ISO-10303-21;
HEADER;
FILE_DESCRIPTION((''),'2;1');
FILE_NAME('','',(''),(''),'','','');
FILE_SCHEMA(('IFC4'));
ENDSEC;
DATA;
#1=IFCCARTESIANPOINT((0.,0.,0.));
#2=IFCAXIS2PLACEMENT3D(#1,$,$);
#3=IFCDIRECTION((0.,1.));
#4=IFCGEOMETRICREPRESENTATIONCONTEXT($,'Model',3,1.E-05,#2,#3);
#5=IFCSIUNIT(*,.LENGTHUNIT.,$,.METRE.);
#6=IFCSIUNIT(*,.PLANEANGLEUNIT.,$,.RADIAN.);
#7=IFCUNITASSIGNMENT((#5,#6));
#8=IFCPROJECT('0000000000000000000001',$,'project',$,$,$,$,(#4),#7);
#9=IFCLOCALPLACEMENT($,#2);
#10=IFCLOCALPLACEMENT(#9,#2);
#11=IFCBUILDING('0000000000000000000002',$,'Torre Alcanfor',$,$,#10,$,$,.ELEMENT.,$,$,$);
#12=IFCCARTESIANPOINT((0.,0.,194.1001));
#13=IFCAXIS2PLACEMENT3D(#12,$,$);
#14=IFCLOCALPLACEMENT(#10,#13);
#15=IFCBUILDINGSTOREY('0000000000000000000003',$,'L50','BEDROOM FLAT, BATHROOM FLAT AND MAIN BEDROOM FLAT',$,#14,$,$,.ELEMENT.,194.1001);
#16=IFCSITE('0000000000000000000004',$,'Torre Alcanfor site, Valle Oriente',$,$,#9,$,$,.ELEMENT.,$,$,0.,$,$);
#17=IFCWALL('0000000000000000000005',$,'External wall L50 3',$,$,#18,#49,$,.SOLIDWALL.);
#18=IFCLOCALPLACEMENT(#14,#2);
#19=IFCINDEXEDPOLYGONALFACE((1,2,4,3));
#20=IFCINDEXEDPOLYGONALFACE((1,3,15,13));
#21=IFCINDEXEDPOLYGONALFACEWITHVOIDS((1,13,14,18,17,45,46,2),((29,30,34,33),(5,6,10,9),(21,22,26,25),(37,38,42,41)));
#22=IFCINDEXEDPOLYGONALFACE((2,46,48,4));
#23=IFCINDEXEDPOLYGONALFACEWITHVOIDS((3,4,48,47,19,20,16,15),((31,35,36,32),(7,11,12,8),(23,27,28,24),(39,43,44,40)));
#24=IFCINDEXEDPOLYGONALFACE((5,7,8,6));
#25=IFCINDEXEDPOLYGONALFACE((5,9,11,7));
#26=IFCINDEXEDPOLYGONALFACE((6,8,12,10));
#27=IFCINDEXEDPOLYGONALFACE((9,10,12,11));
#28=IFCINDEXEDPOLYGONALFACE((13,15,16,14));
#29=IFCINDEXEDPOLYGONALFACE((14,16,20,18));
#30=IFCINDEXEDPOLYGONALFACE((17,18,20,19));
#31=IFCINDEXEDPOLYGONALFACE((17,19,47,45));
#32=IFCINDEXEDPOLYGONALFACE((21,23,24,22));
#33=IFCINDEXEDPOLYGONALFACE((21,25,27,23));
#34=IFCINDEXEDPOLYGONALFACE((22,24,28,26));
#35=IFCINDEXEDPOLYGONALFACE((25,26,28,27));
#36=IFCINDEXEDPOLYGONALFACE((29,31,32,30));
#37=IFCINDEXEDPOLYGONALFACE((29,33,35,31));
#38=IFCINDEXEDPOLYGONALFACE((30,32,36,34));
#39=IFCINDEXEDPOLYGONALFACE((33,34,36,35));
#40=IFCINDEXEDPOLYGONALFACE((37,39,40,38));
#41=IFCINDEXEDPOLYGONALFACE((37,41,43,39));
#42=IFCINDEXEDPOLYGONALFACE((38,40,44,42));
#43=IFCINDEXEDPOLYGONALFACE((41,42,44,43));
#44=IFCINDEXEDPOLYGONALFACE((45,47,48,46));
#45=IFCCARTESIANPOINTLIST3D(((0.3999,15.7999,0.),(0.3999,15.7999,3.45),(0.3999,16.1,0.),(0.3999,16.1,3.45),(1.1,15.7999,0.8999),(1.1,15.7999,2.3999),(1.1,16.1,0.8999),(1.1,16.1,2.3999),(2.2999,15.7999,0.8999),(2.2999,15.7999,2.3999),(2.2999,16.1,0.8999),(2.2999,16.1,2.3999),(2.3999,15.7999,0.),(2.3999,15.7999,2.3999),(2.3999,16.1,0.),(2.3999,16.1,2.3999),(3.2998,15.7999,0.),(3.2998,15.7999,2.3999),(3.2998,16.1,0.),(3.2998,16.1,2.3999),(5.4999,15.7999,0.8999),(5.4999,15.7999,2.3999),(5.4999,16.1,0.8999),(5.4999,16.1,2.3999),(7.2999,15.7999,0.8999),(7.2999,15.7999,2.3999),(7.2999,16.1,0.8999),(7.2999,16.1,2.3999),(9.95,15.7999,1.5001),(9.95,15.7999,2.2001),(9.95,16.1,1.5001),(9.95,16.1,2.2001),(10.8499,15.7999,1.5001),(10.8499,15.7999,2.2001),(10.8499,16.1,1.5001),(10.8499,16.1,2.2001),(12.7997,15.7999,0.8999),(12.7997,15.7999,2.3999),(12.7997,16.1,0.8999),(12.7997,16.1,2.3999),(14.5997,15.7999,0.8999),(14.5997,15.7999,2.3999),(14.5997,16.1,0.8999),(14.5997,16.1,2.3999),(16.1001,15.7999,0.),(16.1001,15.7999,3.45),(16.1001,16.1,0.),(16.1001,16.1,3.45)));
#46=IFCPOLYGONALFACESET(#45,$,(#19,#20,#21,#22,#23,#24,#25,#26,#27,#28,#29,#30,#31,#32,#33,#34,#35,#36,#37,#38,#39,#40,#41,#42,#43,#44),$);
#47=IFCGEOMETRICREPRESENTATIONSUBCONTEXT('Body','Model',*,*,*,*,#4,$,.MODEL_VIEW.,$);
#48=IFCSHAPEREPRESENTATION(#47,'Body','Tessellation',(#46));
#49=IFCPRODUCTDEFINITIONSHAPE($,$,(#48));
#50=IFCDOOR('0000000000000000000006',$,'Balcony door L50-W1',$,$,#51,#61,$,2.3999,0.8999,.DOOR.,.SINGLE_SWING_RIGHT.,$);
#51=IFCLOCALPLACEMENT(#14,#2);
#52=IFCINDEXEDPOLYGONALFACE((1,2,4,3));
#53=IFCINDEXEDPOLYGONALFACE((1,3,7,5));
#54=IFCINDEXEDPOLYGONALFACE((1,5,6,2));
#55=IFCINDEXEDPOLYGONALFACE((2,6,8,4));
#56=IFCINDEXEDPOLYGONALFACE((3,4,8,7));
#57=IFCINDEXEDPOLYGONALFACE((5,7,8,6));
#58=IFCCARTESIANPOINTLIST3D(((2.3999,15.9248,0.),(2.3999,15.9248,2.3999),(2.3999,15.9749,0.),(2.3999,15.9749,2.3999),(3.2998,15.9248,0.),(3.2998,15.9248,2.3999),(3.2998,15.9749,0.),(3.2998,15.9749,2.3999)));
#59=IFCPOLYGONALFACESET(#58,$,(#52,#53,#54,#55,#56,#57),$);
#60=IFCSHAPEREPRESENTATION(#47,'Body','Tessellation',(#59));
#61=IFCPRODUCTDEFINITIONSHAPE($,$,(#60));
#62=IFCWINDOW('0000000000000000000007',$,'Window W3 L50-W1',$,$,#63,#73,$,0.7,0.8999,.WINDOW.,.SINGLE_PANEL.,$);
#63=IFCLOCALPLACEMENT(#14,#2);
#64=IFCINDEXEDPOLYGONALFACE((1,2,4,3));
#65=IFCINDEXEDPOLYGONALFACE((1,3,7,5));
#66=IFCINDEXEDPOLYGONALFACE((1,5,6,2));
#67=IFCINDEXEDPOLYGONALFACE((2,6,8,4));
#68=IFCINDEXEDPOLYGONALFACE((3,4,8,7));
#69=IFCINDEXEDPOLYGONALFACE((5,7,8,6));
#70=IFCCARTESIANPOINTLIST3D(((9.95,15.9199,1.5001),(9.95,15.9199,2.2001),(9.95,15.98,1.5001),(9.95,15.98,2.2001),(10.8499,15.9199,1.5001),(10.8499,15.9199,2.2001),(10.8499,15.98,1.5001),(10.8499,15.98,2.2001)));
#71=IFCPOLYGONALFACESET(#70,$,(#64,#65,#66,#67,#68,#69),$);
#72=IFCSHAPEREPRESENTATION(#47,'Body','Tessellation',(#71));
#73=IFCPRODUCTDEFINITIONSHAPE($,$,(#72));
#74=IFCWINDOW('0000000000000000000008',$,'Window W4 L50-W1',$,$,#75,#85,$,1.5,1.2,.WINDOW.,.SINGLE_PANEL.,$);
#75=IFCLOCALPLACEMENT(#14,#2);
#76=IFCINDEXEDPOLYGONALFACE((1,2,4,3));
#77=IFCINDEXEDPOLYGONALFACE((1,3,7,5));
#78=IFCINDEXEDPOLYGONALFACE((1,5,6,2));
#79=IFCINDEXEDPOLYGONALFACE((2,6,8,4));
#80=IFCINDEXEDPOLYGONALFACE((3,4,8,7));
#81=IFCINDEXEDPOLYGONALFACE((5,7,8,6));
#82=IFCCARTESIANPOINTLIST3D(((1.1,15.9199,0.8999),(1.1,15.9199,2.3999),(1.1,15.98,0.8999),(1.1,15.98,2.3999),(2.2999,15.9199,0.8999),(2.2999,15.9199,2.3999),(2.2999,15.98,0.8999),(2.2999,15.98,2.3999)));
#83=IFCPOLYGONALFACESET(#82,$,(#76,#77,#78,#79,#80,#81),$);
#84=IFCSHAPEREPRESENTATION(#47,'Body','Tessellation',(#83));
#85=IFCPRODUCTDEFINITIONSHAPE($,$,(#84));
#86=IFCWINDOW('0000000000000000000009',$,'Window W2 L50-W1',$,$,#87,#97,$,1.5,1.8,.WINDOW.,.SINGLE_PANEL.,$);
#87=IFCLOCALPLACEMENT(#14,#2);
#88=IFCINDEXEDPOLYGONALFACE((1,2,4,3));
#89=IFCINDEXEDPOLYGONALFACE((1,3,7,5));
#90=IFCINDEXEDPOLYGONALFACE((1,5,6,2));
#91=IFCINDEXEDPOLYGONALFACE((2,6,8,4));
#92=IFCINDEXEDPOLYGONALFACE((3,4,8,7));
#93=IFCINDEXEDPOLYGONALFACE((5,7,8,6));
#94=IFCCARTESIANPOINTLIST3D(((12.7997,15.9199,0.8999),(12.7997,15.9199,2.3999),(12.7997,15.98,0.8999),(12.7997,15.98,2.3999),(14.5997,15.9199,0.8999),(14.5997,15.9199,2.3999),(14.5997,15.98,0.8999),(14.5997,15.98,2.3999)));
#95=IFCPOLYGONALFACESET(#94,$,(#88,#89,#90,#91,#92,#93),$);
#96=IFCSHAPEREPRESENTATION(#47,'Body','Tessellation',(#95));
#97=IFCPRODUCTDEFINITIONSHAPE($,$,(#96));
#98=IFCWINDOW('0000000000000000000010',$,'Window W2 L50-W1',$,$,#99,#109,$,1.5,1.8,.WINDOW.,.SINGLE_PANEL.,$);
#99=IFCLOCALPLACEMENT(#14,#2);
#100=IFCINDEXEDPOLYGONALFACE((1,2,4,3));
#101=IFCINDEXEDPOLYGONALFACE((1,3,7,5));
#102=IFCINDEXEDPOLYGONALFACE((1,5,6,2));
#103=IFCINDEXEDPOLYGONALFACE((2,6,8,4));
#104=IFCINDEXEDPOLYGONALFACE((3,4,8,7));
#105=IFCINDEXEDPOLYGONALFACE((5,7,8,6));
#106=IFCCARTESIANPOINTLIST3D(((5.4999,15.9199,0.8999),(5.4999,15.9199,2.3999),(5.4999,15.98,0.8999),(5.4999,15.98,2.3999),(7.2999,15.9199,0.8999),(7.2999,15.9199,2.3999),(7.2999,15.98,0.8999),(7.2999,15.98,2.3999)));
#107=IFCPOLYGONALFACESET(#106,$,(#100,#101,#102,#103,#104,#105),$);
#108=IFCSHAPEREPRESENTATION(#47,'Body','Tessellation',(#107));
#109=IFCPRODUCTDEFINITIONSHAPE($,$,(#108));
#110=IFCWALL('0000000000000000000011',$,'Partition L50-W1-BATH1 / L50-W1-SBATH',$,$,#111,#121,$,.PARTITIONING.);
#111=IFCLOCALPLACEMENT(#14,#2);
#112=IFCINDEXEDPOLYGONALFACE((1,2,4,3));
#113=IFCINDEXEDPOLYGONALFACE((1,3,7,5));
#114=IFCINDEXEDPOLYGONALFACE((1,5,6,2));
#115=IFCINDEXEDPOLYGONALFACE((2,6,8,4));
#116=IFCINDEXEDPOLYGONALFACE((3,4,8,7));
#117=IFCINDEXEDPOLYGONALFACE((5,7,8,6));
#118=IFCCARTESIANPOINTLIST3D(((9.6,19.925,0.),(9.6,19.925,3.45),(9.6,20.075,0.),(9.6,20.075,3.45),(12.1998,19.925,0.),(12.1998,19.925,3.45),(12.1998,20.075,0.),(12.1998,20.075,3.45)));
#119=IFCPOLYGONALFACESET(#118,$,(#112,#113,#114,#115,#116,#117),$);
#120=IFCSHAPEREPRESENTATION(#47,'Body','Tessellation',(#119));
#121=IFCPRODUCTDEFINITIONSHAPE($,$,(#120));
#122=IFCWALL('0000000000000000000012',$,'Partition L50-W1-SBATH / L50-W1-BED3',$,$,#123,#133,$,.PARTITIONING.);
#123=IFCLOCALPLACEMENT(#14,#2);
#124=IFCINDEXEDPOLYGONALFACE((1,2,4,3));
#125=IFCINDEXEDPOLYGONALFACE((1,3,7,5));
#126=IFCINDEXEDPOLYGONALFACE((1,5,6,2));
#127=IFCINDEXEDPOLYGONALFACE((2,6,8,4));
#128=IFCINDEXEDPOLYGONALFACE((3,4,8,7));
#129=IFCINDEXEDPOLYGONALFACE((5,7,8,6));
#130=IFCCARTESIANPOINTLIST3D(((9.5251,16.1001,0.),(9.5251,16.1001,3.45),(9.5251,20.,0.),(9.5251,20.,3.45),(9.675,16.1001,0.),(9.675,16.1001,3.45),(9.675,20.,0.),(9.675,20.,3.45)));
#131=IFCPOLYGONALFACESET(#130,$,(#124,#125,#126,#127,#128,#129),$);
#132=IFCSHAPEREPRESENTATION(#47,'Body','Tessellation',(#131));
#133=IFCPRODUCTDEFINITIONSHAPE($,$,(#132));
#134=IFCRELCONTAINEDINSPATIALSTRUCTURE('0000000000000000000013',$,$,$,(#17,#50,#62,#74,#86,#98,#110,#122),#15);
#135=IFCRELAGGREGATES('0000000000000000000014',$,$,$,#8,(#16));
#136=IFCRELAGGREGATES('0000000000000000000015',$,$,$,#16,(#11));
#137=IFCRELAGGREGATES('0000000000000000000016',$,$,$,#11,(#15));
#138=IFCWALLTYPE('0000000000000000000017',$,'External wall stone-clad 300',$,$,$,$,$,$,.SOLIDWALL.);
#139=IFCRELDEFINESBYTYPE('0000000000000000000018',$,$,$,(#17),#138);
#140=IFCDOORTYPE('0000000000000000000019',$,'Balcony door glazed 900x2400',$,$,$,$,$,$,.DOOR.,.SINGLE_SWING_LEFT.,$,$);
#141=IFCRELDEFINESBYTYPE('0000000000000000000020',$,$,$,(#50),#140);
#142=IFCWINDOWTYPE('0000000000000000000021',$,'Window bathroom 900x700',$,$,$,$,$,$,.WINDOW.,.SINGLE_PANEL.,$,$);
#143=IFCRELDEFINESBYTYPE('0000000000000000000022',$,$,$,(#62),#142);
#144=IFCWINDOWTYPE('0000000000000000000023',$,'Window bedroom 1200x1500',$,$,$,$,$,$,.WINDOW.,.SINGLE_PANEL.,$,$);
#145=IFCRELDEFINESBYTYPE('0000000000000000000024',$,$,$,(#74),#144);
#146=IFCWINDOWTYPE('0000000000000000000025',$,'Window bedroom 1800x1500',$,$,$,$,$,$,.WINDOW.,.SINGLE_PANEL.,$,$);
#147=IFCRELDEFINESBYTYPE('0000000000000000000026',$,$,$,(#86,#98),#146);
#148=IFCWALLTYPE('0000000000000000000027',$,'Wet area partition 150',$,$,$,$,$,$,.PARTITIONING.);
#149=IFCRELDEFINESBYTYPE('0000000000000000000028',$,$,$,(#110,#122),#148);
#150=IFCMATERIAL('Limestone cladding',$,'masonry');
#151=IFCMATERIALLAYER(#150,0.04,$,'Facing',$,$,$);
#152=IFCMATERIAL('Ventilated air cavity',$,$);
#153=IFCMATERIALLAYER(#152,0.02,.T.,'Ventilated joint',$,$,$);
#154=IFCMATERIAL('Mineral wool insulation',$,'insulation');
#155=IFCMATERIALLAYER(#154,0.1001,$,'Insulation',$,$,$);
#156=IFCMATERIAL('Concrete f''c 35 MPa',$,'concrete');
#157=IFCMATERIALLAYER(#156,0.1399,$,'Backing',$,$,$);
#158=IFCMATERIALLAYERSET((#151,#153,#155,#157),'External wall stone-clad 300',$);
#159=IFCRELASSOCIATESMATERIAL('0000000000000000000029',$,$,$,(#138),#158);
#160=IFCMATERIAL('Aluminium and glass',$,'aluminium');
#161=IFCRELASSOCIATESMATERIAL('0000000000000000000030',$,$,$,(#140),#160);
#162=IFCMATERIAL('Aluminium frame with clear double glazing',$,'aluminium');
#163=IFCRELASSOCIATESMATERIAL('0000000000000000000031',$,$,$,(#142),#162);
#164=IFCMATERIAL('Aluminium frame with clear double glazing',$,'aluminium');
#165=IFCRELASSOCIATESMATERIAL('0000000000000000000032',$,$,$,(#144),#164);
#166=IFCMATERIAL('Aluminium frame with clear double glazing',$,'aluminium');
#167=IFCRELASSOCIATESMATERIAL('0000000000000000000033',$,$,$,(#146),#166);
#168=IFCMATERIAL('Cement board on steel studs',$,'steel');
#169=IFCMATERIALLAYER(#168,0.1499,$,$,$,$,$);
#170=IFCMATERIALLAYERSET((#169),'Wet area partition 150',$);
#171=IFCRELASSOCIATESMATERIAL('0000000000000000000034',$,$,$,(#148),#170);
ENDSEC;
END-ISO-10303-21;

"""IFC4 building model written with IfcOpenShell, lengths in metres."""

from ifc_helpers import new_model, si_unit, direction, frame, frame_2d, origin, place, context, subcontext, project, spatial, rectangle, extrude, material, layer, layer_set, type_object, element, fill, save


model = new_model("IFC4")

# Units and contexts
model_context = context("Model", 3, precision=1e-05, world=origin(), true_north=direction((0.0, 1.0)))
body_context = subcontext(model_context, "Body", "Model", "MODEL_VIEW")
ifc_project = project(units=[si_unit("LENGTHUNIT", "METRE"), si_unit("PLANEANGLEUNIT", "RADIAN")], contexts=[model_context])

# Site, building, storey
site_placement = place(None, origin())
site = spatial("IfcSite", under=ifc_project, at=site_placement, Name="Torre Alcanfor site, Valle Oriente", CompositionType="ELEMENT", RefElevation=0.0)
building_placement = place(site_placement, origin())
building = spatial("IfcBuilding", under=site, at=building_placement, Name="Torre Alcanfor", CompositionType="ELEMENT")
storey_placement = place(building_placement, frame((0.0, 0.0, 194.1001)))
storey = spatial("IfcBuildingStorey", under=building, at=storey_placement, Name="L50", Description="BEDROOM FLAT, BATHROOM FLAT AND MAIN BEDROOM FLAT", CompositionType="ELEMENT", Elevation=194.1001)

# Wall, openings, door, windows
ifc_material_1 = material(Name="Limestone cladding", Category="masonry")
ifc_layer_1 = layer(ifc_material_1, 0.04, Name="Facing")
ifc_material_2 = material(Name="Ventilated air cavity")
ifc_layer_2 = layer(ifc_material_2, 0.02, ventilated=True, Name="Ventilated joint")
ifc_material_3 = material(Name="Mineral wool insulation", Category="insulation")
ifc_layer_3 = layer(ifc_material_3, 0.1001, Name="Insulation")
ifc_material_4 = material(Name="Concrete f'c 35 MPa", Category="concrete")
ifc_layer_4 = layer(ifc_material_4, 0.1399, Name="Backing")
ifc_layer_set_1 = layer_set([ifc_layer_1, ifc_layer_2, ifc_layer_3, ifc_layer_4], Name="External wall stone-clad 300")
wall_type_1 = type_object("IfcWallType", Name="External wall stone-clad 300", PredefinedType="SOLIDWALL", material=ifc_layer_set_1)
wall_1_placement = place(storey_placement, frame((0.3999, 15.95, 0.0), z_axis=(0.0, 0.0, 1.0), x_axis=(1.0, 0.0, 0.0)))
wall_1 = element("IfcWall", 1, at=wall_1_placement, inside=storey, type_object=wall_type_1, Name="External wall L50 3", PredefinedType="SOLIDWALL", context=body_context, shape_type="SweptSolid", body=[
    extrude(rectangle(XDim=15.7002, YDim=0.3, at=frame_2d((7.8501, 0.0))), origin(), (0.0, 0.0, 1.0), 3.45),
])
opening_1_placement = place(wall_1_placement, frame((12.3999, 0.0, 0.8999)))
opening_1 = element("IfcOpeningElement", 2, at=opening_1_placement, cuts=wall_1, PredefinedType="OPENING", context=body_context, shape_type="SweptSolid", body=[
    extrude(rectangle(XDim=1.8, YDim=1.5, at=frame_2d((0.8999, 0.75))), frame((0.0, 0.1599, 0.0), z_axis=(0.0, -1.0, 0.0), x_axis=(1.0, 0.0, 0.0)), (0.0, 0.0, 1.0), 0.3201),
])
opening_2_placement = place(wall_1_placement, frame((9.55, 0.0, 1.5)))
opening_2 = element("IfcOpeningElement", 3, at=opening_2_placement, cuts=wall_1, PredefinedType="OPENING", context=body_context, shape_type="SweptSolid", body=[
    extrude(rectangle(XDim=0.8999, YDim=0.7, at=frame_2d((0.45, 0.3501))), frame((0.0, 0.1599, 0.0), z_axis=(0.0, -1.0, 0.0), x_axis=(1.0, 0.0, 0.0)), (0.0, 0.0, 1.0), 0.3201),
])
opening_3_placement = place(wall_1_placement, frame((5.1001, 0.0, 0.8999)))
opening_3 = element("IfcOpeningElement", 4, at=opening_3_placement, cuts=wall_1, PredefinedType="OPENING", context=body_context, shape_type="SweptSolid", body=[
    extrude(rectangle(XDim=1.8, YDim=1.5, at=frame_2d((0.8999, 0.75))), frame((0.0, 0.1599, 0.0), z_axis=(0.0, -1.0, 0.0), x_axis=(1.0, 0.0, 0.0)), (0.0, 0.0, 1.0), 0.3201),
])
opening_4_placement = place(wall_1_placement, frame((2.0, 0.0, 0.0)))
opening_4 = element("IfcOpeningElement", 5, at=opening_4_placement, cuts=wall_1, PredefinedType="OPENING", context=body_context, shape_type="SweptSolid", body=[
    extrude(rectangle(XDim=0.8999, YDim=2.3999, at=frame_2d((0.45, 1.2))), frame((0.0, 0.1599, 0.0), z_axis=(0.0, -1.0, 0.0), x_axis=(1.0, 0.0, 0.0)), (0.0, 0.0, 1.0), 0.3201),
])
opening_5_placement = place(wall_1_placement, frame((0.7, 0.0, 0.8999)))
opening_5 = element("IfcOpeningElement", 6, at=opening_5_placement, cuts=wall_1, PredefinedType="OPENING", context=body_context, shape_type="SweptSolid", body=[
    extrude(rectangle(XDim=1.2, YDim=1.5, at=frame_2d((0.6001, 0.75))), frame((0.0, 0.1599, 0.0), z_axis=(0.0, -1.0, 0.0), x_axis=(1.0, 0.0, 0.0)), (0.0, 0.0, 1.0), 0.3201),
])
ifc_material_5 = material(Name="Aluminium and glass", Category="aluminium")
door_type = type_object("IfcDoorType", Name="Balcony door glazed 900x2400", OperationType="SINGLE_SWING_LEFT", PredefinedType="DOOR", material=ifc_material_5)
door_placement = place(opening_4_placement, origin())
door = element("IfcDoor", 7, at=door_placement, inside=storey, type_object=door_type, Name="Balcony door L50-W1", OperationType="SINGLE_SWING_RIGHT", OverallHeight=2.3999, OverallWidth=0.8999, PredefinedType="DOOR", context=body_context, shape_type="SweptSolid", body=[
    extrude(rectangle(XDim=0.8999, YDim=2.3999, at=frame_2d((0.45, 1.2))), frame((0.0, 0.0249, 0.0), z_axis=(0.0, -1.0, 0.0), x_axis=(1.0, 0.0, 0.0)), (0.0, 0.0, 1.0), 0.05),
])
fill(opening_4, door)
ifc_material_6 = material(Name="Aluminium frame with clear double glazing", Category="aluminium")
window_type_1 = type_object("IfcWindowType", Name="Window bathroom 900x700", PartitioningType="SINGLE_PANEL", PredefinedType="WINDOW", material=ifc_material_6)
window_1_placement = place(opening_2_placement, origin())
window_1 = element("IfcWindow", 8, at=window_1_placement, inside=storey, type_object=window_type_1, Name="Window W3 L50-W1", OverallHeight=0.7, OverallWidth=0.8999, PartitioningType="SINGLE_PANEL", PredefinedType="WINDOW", context=body_context, shape_type="SweptSolid", body=[
    extrude(rectangle(XDim=0.8999, YDim=0.7, at=frame_2d((0.45, 0.3501))), frame((0.0, 0.03, 0.0), z_axis=(0.0, -1.0, 0.0), x_axis=(1.0, 0.0, 0.0)), (0.0, 0.0, 1.0), 0.0601),
])
fill(opening_2, window_1)
ifc_material_7 = material(Name="Aluminium frame with clear double glazing", Category="aluminium")
window_type_2 = type_object("IfcWindowType", Name="Window bedroom 1200x1500", PartitioningType="SINGLE_PANEL", PredefinedType="WINDOW", material=ifc_material_7)
window_2_placement = place(opening_5_placement, origin())
window_2 = element("IfcWindow", 9, at=window_2_placement, inside=storey, type_object=window_type_2, Name="Window W4 L50-W1", OverallHeight=1.5, OverallWidth=1.2, PartitioningType="SINGLE_PANEL", PredefinedType="WINDOW", context=body_context, shape_type="SweptSolid", body=[
    extrude(rectangle(XDim=1.2, YDim=1.5, at=frame_2d((0.6001, 0.75))), frame((0.0, 0.03, 0.0), z_axis=(0.0, -1.0, 0.0), x_axis=(1.0, 0.0, 0.0)), (0.0, 0.0, 1.0), 0.0601),
])
fill(opening_5, window_2)
ifc_material_8 = material(Name="Aluminium frame with clear double glazing", Category="aluminium")
window_type_3 = type_object("IfcWindowType", Name="Window bedroom 1800x1500", PartitioningType="SINGLE_PANEL", PredefinedType="WINDOW", material=ifc_material_8)
window_3_placement = place(opening_1_placement, origin())
window_3 = element("IfcWindow", 10, at=window_3_placement, inside=storey, type_object=window_type_3, Name="Window W2 L50-W1", OverallHeight=1.5, OverallWidth=1.8, PartitioningType="SINGLE_PANEL", PredefinedType="WINDOW", context=body_context, shape_type="SweptSolid", body=[
    extrude(rectangle(XDim=1.8, YDim=1.5, at=frame_2d((0.8999, 0.75))), frame((0.0, 0.03, 0.0), z_axis=(0.0, -1.0, 0.0), x_axis=(1.0, 0.0, 0.0)), (0.0, 0.0, 1.0), 0.0601),
])
fill(opening_1, window_3)
window_4_placement = place(opening_3_placement, origin())
window_4 = element("IfcWindow", 11, at=window_4_placement, inside=storey, type_object=window_type_3, Name="Window W2 L50-W1", OverallHeight=1.5, OverallWidth=1.8, PartitioningType="SINGLE_PANEL", PredefinedType="WINDOW", context=body_context, shape_type="SweptSolid", body=[
    extrude(rectangle(XDim=1.8, YDim=1.5, at=frame_2d((0.8999, 0.75))), frame((0.0, 0.03, 0.0), z_axis=(0.0, -1.0, 0.0), x_axis=(1.0, 0.0, 0.0)), (0.0, 0.0, 1.0), 0.0601),
])
fill(opening_3, window_4)

# Walls
ifc_material_9 = material(Name="Cement board on steel studs", Category="steel")
ifc_layer_5 = layer(ifc_material_9, 0.1499)
ifc_layer_set_2 = layer_set([ifc_layer_5], Name="Wet area partition 150")
wall_type_2 = type_object("IfcWallType", Name="Wet area partition 150", PredefinedType="PARTITIONING", material=ifc_layer_set_2)
wall_2_placement = place(storey_placement, frame((9.6001, 20.0, 0.0), z_axis=(0.0, 0.0, 1.0), x_axis=(1.0, 0.0, 0.0)))
element("IfcWall", 12, at=wall_2_placement, inside=storey, type_object=wall_type_2, Name="Partition L50-W1-BATH1 / L50-W1-SBATH", PredefinedType="PARTITIONING", context=body_context, shape_type="SweptSolid", body=[
    extrude(rectangle(XDim=2.5999, YDim=0.1499, at=frame_2d((1.2998, 0.0))), origin(), (0.0, 0.0, 1.0), 3.45),
])
wall_3_placement = place(storey_placement, frame((9.6001, 20.0, 0.0), z_axis=(0.0, 0.0, 1.0), x_axis=(0.0, -1.0, 0.0)))
element("IfcWall", 13, at=wall_3_placement, inside=storey, type_object=wall_type_2, Name="Partition L50-W1-SBATH / L50-W1-BED3", PredefinedType="PARTITIONING", context=body_context, shape_type="SweptSolid", body=[
    extrude(rectangle(XDim=3.8999, YDim=0.1499, at=frame_2d((1.95, 0.0))), origin(), (0.0, 0.0, 1.0), 3.45),
])

save(model, "model.ifc")
